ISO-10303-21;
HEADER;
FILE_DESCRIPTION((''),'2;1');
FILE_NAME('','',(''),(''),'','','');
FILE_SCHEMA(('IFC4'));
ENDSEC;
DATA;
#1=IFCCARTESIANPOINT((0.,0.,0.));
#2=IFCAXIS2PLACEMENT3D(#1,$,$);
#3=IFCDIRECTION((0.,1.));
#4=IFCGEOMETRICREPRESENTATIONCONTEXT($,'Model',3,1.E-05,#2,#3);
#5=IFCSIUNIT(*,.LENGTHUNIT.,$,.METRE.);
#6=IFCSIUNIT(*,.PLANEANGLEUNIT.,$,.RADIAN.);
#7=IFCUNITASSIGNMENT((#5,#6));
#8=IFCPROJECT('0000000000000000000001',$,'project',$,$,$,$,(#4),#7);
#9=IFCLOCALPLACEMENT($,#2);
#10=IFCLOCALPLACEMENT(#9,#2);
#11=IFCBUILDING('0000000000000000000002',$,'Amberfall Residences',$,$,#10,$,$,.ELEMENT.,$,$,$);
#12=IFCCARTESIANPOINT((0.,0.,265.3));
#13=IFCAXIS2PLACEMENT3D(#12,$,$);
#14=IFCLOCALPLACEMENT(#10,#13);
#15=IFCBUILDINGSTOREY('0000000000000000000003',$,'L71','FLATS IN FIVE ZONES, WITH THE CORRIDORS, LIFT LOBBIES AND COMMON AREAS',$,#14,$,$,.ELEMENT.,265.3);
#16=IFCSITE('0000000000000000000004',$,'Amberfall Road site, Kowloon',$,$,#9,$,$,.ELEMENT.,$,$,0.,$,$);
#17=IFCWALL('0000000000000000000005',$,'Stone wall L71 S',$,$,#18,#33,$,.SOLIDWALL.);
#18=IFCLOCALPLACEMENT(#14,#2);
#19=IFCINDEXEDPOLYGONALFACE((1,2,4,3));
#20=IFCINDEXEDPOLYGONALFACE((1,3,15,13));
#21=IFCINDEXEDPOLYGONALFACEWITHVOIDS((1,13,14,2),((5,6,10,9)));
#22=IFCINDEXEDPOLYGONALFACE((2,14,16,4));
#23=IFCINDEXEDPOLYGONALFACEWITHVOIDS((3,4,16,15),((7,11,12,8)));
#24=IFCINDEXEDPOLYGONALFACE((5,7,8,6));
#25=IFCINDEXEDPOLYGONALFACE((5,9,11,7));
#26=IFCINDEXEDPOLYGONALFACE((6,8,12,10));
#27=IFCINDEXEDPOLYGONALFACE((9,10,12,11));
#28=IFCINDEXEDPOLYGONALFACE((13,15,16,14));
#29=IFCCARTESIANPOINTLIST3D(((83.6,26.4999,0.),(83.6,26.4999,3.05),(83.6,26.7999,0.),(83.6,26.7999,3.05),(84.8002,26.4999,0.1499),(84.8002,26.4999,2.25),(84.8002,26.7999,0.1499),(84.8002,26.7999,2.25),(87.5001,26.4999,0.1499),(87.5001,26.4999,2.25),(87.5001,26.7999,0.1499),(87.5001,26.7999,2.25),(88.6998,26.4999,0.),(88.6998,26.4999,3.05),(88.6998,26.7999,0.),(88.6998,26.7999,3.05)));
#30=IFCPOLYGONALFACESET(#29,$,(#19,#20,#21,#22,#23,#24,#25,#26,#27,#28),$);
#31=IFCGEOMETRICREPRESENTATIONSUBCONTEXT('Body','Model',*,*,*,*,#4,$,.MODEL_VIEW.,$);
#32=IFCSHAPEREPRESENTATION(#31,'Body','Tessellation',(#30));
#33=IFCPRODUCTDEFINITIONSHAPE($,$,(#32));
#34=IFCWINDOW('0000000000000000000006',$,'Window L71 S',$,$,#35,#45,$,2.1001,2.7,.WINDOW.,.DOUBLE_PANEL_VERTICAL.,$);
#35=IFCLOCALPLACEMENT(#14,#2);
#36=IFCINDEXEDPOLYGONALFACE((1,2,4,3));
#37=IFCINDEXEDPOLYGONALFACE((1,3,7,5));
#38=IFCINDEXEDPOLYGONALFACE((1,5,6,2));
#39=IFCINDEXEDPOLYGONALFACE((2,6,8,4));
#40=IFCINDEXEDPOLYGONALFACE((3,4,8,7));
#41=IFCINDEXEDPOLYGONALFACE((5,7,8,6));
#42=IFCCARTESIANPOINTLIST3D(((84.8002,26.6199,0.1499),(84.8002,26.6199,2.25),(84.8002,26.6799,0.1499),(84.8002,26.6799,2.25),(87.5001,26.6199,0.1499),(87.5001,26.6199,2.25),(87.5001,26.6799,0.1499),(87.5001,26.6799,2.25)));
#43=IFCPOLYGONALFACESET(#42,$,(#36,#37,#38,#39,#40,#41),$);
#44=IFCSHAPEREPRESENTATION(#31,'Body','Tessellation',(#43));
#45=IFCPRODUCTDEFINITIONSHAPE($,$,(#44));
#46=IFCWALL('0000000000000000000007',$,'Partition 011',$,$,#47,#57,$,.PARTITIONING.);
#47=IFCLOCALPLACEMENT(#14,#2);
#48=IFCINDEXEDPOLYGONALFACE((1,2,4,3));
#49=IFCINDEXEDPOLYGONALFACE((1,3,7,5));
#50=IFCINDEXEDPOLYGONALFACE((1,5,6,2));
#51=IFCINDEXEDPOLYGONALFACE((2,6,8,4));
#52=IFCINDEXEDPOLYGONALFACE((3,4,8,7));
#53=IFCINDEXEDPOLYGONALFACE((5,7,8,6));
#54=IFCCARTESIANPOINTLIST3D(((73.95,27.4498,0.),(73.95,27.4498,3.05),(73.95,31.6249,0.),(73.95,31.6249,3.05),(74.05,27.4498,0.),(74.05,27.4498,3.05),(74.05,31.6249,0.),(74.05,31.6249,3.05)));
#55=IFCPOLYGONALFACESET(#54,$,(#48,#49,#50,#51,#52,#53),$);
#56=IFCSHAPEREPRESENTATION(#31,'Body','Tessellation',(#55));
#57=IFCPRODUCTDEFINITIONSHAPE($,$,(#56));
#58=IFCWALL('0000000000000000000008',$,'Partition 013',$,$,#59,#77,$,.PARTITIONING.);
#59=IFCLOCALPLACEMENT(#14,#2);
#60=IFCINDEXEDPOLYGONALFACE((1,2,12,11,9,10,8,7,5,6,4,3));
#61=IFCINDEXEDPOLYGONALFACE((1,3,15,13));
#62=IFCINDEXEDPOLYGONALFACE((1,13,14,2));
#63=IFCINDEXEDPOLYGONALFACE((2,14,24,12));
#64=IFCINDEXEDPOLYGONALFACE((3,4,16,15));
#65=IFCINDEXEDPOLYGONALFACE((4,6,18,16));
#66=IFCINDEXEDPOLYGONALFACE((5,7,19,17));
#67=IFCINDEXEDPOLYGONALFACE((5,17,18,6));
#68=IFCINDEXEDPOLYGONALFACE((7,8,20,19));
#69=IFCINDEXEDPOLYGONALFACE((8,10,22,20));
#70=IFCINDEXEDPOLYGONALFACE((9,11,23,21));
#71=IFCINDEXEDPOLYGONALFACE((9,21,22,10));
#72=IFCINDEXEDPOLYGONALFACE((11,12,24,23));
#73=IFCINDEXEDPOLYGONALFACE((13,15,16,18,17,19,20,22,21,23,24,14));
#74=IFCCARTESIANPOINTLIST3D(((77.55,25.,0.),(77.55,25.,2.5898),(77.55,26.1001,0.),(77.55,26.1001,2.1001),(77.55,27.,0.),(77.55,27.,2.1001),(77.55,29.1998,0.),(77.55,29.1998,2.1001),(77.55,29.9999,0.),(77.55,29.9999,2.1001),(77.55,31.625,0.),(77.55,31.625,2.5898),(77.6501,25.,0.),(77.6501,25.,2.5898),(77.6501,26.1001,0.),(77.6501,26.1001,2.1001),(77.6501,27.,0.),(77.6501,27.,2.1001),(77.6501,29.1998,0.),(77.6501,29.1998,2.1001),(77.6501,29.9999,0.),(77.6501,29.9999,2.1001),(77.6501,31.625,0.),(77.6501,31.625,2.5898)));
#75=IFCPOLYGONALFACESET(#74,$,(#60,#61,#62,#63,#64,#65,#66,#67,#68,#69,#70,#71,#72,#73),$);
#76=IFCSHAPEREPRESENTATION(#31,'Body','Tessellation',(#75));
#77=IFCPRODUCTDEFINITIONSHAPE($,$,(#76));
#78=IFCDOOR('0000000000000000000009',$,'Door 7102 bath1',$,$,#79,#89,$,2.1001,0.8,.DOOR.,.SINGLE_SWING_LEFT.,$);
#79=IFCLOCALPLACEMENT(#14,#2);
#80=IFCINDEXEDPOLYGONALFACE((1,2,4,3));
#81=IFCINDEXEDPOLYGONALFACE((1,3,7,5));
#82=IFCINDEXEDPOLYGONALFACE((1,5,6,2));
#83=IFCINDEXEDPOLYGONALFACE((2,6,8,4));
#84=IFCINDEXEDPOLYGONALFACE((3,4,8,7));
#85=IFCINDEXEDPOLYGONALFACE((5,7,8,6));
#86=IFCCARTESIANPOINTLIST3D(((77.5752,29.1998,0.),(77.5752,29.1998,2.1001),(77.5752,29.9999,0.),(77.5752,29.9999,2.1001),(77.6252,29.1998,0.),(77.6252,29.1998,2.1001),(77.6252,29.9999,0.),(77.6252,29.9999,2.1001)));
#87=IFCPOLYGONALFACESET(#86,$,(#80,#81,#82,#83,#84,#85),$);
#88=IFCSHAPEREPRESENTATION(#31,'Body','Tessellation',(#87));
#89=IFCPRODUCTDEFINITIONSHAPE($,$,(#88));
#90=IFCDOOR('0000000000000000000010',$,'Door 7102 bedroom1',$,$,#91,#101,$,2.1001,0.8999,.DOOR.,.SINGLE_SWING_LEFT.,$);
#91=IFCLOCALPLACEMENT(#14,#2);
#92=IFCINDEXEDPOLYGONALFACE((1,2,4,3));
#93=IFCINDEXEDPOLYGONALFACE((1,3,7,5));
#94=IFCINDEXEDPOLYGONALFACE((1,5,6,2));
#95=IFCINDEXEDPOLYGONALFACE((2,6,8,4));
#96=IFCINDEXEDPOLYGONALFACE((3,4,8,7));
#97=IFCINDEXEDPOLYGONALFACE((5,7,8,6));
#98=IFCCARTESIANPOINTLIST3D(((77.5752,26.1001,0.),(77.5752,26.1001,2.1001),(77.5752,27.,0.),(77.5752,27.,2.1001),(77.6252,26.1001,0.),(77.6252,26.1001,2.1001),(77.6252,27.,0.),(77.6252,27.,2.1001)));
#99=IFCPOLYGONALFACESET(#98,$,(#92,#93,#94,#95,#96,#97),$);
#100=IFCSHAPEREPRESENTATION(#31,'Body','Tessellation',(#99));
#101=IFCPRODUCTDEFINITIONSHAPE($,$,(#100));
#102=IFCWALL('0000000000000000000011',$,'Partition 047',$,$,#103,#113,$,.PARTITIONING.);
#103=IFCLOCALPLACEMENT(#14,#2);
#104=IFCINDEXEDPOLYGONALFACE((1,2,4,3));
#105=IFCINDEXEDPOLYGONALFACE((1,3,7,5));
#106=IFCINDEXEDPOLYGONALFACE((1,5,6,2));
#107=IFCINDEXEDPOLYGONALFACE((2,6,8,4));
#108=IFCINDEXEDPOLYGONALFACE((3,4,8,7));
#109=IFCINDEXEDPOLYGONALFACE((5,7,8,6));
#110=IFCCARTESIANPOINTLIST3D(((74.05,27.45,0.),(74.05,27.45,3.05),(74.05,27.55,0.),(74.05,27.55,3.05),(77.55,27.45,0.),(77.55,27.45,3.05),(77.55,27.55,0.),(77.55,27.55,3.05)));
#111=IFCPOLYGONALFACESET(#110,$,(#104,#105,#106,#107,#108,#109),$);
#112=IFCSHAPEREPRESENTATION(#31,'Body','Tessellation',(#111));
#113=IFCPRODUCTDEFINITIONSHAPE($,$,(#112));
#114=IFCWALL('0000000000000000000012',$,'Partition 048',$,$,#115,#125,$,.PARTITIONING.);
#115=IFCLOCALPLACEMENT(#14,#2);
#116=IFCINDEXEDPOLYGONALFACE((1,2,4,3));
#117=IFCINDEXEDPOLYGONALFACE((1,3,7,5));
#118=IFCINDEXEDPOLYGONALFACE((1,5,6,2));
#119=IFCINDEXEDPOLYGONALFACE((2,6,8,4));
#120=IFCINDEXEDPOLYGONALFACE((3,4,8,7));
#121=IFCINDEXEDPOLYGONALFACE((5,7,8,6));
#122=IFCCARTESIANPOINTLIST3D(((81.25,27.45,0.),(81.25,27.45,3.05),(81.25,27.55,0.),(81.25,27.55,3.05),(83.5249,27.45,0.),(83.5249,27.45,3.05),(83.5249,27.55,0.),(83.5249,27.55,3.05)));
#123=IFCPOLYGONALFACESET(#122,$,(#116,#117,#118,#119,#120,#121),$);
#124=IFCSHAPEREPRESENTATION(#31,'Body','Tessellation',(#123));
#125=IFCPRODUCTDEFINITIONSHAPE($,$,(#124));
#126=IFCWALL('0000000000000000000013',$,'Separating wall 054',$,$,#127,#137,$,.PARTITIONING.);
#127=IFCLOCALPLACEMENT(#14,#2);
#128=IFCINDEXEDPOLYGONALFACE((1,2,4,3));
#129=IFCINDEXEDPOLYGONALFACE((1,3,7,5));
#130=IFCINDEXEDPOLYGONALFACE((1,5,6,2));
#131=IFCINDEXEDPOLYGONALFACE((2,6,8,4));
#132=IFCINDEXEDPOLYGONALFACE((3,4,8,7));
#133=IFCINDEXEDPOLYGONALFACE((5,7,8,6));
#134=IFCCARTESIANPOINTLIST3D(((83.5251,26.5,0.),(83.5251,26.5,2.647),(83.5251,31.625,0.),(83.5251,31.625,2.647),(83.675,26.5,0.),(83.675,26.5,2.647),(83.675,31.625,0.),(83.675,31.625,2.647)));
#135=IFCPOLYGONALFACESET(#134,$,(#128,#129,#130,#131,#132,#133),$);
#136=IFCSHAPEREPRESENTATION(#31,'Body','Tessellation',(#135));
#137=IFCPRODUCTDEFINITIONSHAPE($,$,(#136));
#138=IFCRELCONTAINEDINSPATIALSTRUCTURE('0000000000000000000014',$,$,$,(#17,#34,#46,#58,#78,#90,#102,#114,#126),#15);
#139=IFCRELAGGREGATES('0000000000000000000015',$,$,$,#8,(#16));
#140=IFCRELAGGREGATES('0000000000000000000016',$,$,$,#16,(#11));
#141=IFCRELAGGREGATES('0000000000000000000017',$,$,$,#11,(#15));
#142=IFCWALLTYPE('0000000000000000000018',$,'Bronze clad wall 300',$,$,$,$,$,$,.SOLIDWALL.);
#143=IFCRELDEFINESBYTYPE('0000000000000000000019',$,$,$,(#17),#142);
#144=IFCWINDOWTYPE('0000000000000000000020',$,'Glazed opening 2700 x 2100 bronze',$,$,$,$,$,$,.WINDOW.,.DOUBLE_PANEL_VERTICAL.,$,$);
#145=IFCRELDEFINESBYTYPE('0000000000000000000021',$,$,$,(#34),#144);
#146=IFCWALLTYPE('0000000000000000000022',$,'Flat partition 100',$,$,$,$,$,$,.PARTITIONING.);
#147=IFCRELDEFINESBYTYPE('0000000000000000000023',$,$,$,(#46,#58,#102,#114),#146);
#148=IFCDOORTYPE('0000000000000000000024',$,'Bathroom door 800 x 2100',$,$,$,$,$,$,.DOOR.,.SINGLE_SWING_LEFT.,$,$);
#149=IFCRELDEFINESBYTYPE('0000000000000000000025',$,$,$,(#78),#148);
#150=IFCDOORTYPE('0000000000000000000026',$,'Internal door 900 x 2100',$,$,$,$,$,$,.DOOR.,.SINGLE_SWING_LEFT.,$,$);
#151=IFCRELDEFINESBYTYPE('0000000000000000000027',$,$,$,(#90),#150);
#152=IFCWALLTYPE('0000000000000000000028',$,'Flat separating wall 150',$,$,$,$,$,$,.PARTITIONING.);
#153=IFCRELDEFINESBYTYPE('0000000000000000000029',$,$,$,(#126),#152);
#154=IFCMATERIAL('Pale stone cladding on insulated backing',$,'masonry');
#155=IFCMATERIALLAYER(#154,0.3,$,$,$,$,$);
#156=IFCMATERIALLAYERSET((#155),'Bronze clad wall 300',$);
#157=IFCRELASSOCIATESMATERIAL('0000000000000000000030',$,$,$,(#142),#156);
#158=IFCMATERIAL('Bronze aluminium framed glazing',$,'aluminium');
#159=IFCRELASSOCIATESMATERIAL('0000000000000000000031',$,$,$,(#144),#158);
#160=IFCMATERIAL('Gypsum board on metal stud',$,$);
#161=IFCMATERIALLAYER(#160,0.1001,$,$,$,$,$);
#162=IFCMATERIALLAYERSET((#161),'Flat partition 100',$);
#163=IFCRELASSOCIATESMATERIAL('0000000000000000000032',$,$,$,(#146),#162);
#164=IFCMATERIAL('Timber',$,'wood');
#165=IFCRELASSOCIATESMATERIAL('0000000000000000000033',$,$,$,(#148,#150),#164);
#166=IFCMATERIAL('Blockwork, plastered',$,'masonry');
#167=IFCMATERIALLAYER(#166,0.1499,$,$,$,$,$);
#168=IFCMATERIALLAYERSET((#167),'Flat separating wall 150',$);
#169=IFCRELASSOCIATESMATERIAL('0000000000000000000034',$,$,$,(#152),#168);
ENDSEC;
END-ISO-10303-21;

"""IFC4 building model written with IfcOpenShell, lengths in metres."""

from ifc_helpers import new_model, si_unit, direction, frame, frame_2d, origin, place, context, subcontext, project, spatial, rectangle, extrude, material, layer, layer_set, type_object, element, fill, save


model = new_model("IFC4")

# Units and contexts
model_context = context("Model", 3, precision=1e-05, world=origin(), true_north=direction((0.0, 1.0)))
body_context = subcontext(model_context, "Body", "Model", "MODEL_VIEW")
ifc_project = project(units=[si_unit("LENGTHUNIT", "METRE"), si_unit("PLANEANGLEUNIT", "RADIAN")], contexts=[model_context])

# Site, building, storey
site_placement = place(None, origin())
site = spatial("IfcSite", under=ifc_project, at=site_placement, Name="Amberfall Road site, Kowloon", CompositionType="ELEMENT", RefElevation=0.0)
building_placement = place(site_placement, origin())
building = spatial("IfcBuilding", under=site, at=building_placement, Name="Amberfall Residences", CompositionType="ELEMENT")
storey_placement = place(building_placement, frame((0.0, 0.0, 265.3)))
storey = spatial("IfcBuildingStorey", under=building, at=storey_placement, Name="L71", Description="FLATS IN FIVE ZONES, WITH THE CORRIDORS, LIFT LOBBIES AND COMMON AREAS", CompositionType="ELEMENT", Elevation=265.3)

# Shared definitions
ifc_material_1 = material(Name="Pale stone cladding on insulated backing", Category="masonry")
ifc_layer_1 = layer(ifc_material_1, 0.3)
ifc_layer_set_1 = layer_set([ifc_layer_1], Name="Bronze clad wall 300")
wall_type_1 = type_object("IfcWallType", Name="Bronze clad wall 300", PredefinedType="SOLIDWALL", material=ifc_layer_set_1)

# Wall, opening, window
wall_1_placement = place(storey_placement, frame((83.6001, 26.6499, 0.0), z_axis=(0.0, 0.0, 1.0), x_axis=(1.0, 0.0, 0.0)))
wall_1 = element("IfcWall", 1, at=wall_1_placement, inside=storey, type_object=wall_type_1, Name="Stone wall L71 S", PredefinedType="SOLIDWALL", context=body_context, shape_type="SweptSolid", body=[
    extrude(rectangle(XDim=5.0999, YDim=0.3, at=frame_2d((2.5498, 0.0))), origin(), (0.0, 0.0, 1.0), 3.05),
])
opening_1_placement = place(wall_1_placement, frame((1.2, 0.0, 0.1499)))
opening_1 = element("IfcOpeningElement", 2, at=opening_1_placement, cuts=wall_1, PredefinedType="OPENING", context=body_context, shape_type="SweptSolid", body=[
    extrude(rectangle(XDim=2.7, YDim=2.1001, at=frame_2d((1.3501, 1.05))), frame((0.0, 0.1599, 0.0), z_axis=(0.0, -1.0, 0.0), x_axis=(1.0, 0.0, 0.0)), (0.0, 0.0, 1.0), 0.3201),
])
ifc_material_2 = material(Name="Bronze aluminium framed glazing", Category="aluminium")
window_type = type_object("IfcWindowType", Name="Glazed opening 2700 x 2100 bronze", PartitioningType="DOUBLE_PANEL_VERTICAL", PredefinedType="WINDOW", material=ifc_material_2)
window_placement = place(opening_1_placement, origin())
window = element("IfcWindow", 3, at=window_placement, inside=storey, type_object=window_type, Name="Window L71 S", OverallHeight=2.1001, OverallWidth=2.7, PartitioningType="DOUBLE_PANEL_VERTICAL", PredefinedType="WINDOW", context=body_context, shape_type="SweptSolid", body=[
    extrude(rectangle(XDim=2.7, YDim=2.1001, at=frame_2d((1.3501, 1.05))), frame((0.0, 0.03, 0.0), z_axis=(0.0, -1.0, 0.0), x_axis=(1.0, 0.0, 0.0)), (0.0, 0.0, 1.0), 0.0601),
])
fill(opening_1, window)

# Wall
ifc_material_3 = material(Name="Gypsum board on metal stud")
ifc_layer_2 = layer(ifc_material_3, 0.1001)
ifc_layer_set_2 = layer_set([ifc_layer_2], Name="Flat partition 100")
wall_type_2 = type_object("IfcWallType", Name="Flat partition 100", PredefinedType="PARTITIONING", material=ifc_layer_set_2)
wall_2_placement = place(storey_placement, frame((74.0, 27.45, 0.0), z_axis=(0.0, 0.0, 1.0), x_axis=(0.0, 1.0, 0.0)))
element("IfcWall", 4, at=wall_2_placement, inside=storey, type_object=wall_type_2, Name="Partition 011", PredefinedType="PARTITIONING", context=body_context, shape_type="SweptSolid", body=[
    extrude(rectangle(XDim=4.175, YDim=0.1001, at=frame_2d((2.0874, 0.0))), origin(), (0.0, 0.0, 1.0), 3.05),
])

# Wall, openings, doors
wall_3_placement = place(storey_placement, frame((77.6001, 25.0, 0.0), z_axis=(0.0, 0.0, 1.0), x_axis=(0.0, 1.0, 0.0)))
wall_3 = element("IfcWall", 5, at=wall_3_placement, inside=storey, type_object=wall_type_2, Name="Partition 013", PredefinedType="PARTITIONING", context=body_context, shape_type="SweptSolid", body=[
    extrude(rectangle(XDim=6.625, YDim=0.1001, at=frame_2d((3.3125, 0.0))), origin(), (0.0, 0.0, 1.0), 2.5898),
])
opening_2_placement = place(wall_3_placement, frame((1.1001, 0.0, 0.0)))
opening_2 = element("IfcOpeningElement", 6, at=opening_2_placement, cuts=wall_3, PredefinedType="OPENING", context=body_context, shape_type="SweptSolid", body=[
    extrude(rectangle(XDim=0.8999, YDim=2.1001, at=frame_2d((0.45, 1.05))), frame((0.0, 0.0601, 0.0), z_axis=(0.0, -1.0, 0.0), x_axis=(1.0, 0.0, 0.0)), (0.0, 0.0, 1.0), 0.1201),
])
opening_3_placement = place(wall_3_placement, frame((4.2, 0.0, 0.0)))
opening_3 = element("IfcOpeningElement", 7, at=opening_3_placement, cuts=wall_3, PredefinedType="OPENING", context=body_context, shape_type="SweptSolid", body=[
    extrude(rectangle(XDim=0.8, YDim=2.1001, at=frame_2d((0.3999, 1.05))), frame((0.0, 0.0601, 0.0), z_axis=(0.0, -1.0, 0.0), x_axis=(1.0, 0.0, 0.0)), (0.0, 0.0, 1.0), 0.1201),
])
ifc_material_4 = material(Name="Timber", Category="wood")
door_type_1 = type_object("IfcDoorType", Name="Bathroom door 800 x 2100", OperationType="SINGLE_SWING_LEFT", PredefinedType="DOOR", material=ifc_material_4)
door_1_placement = place(opening_3_placement, origin())
door_1 = element("IfcDoor", 8, at=door_1_placement, inside=storey, type_object=door_type_1, Name="Door 7102 bath1", OperationType="SINGLE_SWING_LEFT", OverallHeight=2.1001, OverallWidth=0.8, PredefinedType="DOOR", context=body_context, shape_type="SweptSolid", body=[
    extrude(rectangle(XDim=0.8, YDim=2.1001, at=frame_2d((0.3999, 1.05))), frame((0.0, 0.0249, 0.0), z_axis=(0.0, -1.0, 0.0), x_axis=(1.0, 0.0, 0.0)), (0.0, 0.0, 1.0), 0.05),
])
fill(opening_3, door_1)
door_type_2 = type_object("IfcDoorType", Name="Internal door 900 x 2100", OperationType="SINGLE_SWING_LEFT", PredefinedType="DOOR", material=ifc_material_4)
door_2_placement = place(opening_2_placement, origin())
door_2 = element("IfcDoor", 9, at=door_2_placement, inside=storey, type_object=door_type_2, Name="Door 7102 bedroom1", OperationType="SINGLE_SWING_LEFT", OverallHeight=2.1001, OverallWidth=0.8999, PredefinedType="DOOR", context=body_context, shape_type="SweptSolid", body=[
    extrude(rectangle(XDim=0.8999, YDim=2.1001, at=frame_2d((0.45, 1.05))), frame((0.0, 0.0249, 0.0), z_axis=(0.0, -1.0, 0.0), x_axis=(1.0, 0.0, 0.0)), (0.0, 0.0, 1.0), 0.05),
])
fill(opening_2, door_2)

# Walls
wall_4_placement = place(storey_placement, frame((74.05, 27.5, 0.0), z_axis=(0.0, 0.0, 1.0), x_axis=(1.0, 0.0, 0.0)))
element("IfcWall", 10, at=wall_4_placement, inside=storey, type_object=wall_type_2, Name="Partition 047", PredefinedType="PARTITIONING", context=body_context, shape_type="SweptSolid", body=[
    extrude(rectangle(XDim=3.5, YDim=0.1001, at=frame_2d((1.75, 0.0))), origin(), (0.0, 0.0, 1.0), 3.05),
])
wall_5_placement = place(storey_placement, frame((81.25, 27.5, 0.0), z_axis=(0.0, 0.0, 1.0), x_axis=(1.0, 0.0, 0.0)))
element("IfcWall", 11, at=wall_5_placement, inside=storey, type_object=wall_type_2, Name="Partition 048", PredefinedType="PARTITIONING", context=body_context, shape_type="SweptSolid", body=[
    extrude(rectangle(XDim=2.2749, YDim=0.1001, at=frame_2d((1.1375, 0.0))), origin(), (0.0, 0.0, 1.0), 3.05),
])
ifc_material_5 = material(Name="Blockwork, plastered", Category="masonry")
ifc_layer_3 = layer(ifc_material_5, 0.1499)
ifc_layer_set_3 = layer_set([ifc_layer_3], Name="Flat separating wall 150")
wall_type_3 = type_object("IfcWallType", Name="Flat separating wall 150", PredefinedType="PARTITIONING", material=ifc_layer_set_3)
wall_6_placement = place(storey_placement, frame((83.6001, 26.5, 0.0), z_axis=(0.0, 0.0, 1.0), x_axis=(0.0, 1.0, 0.0)))
element("IfcWall", 12, at=wall_6_placement, inside=storey, type_object=wall_type_3, Name="Separating wall 054", PredefinedType="PARTITIONING", context=body_context, shape_type="SweptSolid", body=[
    extrude(rectangle(XDim=5.125, YDim=0.1499, at=frame_2d((2.5625, 0.0))), origin(), (0.0, 0.0, 1.0), 2.647),
])

save(model, "model.ifc")
